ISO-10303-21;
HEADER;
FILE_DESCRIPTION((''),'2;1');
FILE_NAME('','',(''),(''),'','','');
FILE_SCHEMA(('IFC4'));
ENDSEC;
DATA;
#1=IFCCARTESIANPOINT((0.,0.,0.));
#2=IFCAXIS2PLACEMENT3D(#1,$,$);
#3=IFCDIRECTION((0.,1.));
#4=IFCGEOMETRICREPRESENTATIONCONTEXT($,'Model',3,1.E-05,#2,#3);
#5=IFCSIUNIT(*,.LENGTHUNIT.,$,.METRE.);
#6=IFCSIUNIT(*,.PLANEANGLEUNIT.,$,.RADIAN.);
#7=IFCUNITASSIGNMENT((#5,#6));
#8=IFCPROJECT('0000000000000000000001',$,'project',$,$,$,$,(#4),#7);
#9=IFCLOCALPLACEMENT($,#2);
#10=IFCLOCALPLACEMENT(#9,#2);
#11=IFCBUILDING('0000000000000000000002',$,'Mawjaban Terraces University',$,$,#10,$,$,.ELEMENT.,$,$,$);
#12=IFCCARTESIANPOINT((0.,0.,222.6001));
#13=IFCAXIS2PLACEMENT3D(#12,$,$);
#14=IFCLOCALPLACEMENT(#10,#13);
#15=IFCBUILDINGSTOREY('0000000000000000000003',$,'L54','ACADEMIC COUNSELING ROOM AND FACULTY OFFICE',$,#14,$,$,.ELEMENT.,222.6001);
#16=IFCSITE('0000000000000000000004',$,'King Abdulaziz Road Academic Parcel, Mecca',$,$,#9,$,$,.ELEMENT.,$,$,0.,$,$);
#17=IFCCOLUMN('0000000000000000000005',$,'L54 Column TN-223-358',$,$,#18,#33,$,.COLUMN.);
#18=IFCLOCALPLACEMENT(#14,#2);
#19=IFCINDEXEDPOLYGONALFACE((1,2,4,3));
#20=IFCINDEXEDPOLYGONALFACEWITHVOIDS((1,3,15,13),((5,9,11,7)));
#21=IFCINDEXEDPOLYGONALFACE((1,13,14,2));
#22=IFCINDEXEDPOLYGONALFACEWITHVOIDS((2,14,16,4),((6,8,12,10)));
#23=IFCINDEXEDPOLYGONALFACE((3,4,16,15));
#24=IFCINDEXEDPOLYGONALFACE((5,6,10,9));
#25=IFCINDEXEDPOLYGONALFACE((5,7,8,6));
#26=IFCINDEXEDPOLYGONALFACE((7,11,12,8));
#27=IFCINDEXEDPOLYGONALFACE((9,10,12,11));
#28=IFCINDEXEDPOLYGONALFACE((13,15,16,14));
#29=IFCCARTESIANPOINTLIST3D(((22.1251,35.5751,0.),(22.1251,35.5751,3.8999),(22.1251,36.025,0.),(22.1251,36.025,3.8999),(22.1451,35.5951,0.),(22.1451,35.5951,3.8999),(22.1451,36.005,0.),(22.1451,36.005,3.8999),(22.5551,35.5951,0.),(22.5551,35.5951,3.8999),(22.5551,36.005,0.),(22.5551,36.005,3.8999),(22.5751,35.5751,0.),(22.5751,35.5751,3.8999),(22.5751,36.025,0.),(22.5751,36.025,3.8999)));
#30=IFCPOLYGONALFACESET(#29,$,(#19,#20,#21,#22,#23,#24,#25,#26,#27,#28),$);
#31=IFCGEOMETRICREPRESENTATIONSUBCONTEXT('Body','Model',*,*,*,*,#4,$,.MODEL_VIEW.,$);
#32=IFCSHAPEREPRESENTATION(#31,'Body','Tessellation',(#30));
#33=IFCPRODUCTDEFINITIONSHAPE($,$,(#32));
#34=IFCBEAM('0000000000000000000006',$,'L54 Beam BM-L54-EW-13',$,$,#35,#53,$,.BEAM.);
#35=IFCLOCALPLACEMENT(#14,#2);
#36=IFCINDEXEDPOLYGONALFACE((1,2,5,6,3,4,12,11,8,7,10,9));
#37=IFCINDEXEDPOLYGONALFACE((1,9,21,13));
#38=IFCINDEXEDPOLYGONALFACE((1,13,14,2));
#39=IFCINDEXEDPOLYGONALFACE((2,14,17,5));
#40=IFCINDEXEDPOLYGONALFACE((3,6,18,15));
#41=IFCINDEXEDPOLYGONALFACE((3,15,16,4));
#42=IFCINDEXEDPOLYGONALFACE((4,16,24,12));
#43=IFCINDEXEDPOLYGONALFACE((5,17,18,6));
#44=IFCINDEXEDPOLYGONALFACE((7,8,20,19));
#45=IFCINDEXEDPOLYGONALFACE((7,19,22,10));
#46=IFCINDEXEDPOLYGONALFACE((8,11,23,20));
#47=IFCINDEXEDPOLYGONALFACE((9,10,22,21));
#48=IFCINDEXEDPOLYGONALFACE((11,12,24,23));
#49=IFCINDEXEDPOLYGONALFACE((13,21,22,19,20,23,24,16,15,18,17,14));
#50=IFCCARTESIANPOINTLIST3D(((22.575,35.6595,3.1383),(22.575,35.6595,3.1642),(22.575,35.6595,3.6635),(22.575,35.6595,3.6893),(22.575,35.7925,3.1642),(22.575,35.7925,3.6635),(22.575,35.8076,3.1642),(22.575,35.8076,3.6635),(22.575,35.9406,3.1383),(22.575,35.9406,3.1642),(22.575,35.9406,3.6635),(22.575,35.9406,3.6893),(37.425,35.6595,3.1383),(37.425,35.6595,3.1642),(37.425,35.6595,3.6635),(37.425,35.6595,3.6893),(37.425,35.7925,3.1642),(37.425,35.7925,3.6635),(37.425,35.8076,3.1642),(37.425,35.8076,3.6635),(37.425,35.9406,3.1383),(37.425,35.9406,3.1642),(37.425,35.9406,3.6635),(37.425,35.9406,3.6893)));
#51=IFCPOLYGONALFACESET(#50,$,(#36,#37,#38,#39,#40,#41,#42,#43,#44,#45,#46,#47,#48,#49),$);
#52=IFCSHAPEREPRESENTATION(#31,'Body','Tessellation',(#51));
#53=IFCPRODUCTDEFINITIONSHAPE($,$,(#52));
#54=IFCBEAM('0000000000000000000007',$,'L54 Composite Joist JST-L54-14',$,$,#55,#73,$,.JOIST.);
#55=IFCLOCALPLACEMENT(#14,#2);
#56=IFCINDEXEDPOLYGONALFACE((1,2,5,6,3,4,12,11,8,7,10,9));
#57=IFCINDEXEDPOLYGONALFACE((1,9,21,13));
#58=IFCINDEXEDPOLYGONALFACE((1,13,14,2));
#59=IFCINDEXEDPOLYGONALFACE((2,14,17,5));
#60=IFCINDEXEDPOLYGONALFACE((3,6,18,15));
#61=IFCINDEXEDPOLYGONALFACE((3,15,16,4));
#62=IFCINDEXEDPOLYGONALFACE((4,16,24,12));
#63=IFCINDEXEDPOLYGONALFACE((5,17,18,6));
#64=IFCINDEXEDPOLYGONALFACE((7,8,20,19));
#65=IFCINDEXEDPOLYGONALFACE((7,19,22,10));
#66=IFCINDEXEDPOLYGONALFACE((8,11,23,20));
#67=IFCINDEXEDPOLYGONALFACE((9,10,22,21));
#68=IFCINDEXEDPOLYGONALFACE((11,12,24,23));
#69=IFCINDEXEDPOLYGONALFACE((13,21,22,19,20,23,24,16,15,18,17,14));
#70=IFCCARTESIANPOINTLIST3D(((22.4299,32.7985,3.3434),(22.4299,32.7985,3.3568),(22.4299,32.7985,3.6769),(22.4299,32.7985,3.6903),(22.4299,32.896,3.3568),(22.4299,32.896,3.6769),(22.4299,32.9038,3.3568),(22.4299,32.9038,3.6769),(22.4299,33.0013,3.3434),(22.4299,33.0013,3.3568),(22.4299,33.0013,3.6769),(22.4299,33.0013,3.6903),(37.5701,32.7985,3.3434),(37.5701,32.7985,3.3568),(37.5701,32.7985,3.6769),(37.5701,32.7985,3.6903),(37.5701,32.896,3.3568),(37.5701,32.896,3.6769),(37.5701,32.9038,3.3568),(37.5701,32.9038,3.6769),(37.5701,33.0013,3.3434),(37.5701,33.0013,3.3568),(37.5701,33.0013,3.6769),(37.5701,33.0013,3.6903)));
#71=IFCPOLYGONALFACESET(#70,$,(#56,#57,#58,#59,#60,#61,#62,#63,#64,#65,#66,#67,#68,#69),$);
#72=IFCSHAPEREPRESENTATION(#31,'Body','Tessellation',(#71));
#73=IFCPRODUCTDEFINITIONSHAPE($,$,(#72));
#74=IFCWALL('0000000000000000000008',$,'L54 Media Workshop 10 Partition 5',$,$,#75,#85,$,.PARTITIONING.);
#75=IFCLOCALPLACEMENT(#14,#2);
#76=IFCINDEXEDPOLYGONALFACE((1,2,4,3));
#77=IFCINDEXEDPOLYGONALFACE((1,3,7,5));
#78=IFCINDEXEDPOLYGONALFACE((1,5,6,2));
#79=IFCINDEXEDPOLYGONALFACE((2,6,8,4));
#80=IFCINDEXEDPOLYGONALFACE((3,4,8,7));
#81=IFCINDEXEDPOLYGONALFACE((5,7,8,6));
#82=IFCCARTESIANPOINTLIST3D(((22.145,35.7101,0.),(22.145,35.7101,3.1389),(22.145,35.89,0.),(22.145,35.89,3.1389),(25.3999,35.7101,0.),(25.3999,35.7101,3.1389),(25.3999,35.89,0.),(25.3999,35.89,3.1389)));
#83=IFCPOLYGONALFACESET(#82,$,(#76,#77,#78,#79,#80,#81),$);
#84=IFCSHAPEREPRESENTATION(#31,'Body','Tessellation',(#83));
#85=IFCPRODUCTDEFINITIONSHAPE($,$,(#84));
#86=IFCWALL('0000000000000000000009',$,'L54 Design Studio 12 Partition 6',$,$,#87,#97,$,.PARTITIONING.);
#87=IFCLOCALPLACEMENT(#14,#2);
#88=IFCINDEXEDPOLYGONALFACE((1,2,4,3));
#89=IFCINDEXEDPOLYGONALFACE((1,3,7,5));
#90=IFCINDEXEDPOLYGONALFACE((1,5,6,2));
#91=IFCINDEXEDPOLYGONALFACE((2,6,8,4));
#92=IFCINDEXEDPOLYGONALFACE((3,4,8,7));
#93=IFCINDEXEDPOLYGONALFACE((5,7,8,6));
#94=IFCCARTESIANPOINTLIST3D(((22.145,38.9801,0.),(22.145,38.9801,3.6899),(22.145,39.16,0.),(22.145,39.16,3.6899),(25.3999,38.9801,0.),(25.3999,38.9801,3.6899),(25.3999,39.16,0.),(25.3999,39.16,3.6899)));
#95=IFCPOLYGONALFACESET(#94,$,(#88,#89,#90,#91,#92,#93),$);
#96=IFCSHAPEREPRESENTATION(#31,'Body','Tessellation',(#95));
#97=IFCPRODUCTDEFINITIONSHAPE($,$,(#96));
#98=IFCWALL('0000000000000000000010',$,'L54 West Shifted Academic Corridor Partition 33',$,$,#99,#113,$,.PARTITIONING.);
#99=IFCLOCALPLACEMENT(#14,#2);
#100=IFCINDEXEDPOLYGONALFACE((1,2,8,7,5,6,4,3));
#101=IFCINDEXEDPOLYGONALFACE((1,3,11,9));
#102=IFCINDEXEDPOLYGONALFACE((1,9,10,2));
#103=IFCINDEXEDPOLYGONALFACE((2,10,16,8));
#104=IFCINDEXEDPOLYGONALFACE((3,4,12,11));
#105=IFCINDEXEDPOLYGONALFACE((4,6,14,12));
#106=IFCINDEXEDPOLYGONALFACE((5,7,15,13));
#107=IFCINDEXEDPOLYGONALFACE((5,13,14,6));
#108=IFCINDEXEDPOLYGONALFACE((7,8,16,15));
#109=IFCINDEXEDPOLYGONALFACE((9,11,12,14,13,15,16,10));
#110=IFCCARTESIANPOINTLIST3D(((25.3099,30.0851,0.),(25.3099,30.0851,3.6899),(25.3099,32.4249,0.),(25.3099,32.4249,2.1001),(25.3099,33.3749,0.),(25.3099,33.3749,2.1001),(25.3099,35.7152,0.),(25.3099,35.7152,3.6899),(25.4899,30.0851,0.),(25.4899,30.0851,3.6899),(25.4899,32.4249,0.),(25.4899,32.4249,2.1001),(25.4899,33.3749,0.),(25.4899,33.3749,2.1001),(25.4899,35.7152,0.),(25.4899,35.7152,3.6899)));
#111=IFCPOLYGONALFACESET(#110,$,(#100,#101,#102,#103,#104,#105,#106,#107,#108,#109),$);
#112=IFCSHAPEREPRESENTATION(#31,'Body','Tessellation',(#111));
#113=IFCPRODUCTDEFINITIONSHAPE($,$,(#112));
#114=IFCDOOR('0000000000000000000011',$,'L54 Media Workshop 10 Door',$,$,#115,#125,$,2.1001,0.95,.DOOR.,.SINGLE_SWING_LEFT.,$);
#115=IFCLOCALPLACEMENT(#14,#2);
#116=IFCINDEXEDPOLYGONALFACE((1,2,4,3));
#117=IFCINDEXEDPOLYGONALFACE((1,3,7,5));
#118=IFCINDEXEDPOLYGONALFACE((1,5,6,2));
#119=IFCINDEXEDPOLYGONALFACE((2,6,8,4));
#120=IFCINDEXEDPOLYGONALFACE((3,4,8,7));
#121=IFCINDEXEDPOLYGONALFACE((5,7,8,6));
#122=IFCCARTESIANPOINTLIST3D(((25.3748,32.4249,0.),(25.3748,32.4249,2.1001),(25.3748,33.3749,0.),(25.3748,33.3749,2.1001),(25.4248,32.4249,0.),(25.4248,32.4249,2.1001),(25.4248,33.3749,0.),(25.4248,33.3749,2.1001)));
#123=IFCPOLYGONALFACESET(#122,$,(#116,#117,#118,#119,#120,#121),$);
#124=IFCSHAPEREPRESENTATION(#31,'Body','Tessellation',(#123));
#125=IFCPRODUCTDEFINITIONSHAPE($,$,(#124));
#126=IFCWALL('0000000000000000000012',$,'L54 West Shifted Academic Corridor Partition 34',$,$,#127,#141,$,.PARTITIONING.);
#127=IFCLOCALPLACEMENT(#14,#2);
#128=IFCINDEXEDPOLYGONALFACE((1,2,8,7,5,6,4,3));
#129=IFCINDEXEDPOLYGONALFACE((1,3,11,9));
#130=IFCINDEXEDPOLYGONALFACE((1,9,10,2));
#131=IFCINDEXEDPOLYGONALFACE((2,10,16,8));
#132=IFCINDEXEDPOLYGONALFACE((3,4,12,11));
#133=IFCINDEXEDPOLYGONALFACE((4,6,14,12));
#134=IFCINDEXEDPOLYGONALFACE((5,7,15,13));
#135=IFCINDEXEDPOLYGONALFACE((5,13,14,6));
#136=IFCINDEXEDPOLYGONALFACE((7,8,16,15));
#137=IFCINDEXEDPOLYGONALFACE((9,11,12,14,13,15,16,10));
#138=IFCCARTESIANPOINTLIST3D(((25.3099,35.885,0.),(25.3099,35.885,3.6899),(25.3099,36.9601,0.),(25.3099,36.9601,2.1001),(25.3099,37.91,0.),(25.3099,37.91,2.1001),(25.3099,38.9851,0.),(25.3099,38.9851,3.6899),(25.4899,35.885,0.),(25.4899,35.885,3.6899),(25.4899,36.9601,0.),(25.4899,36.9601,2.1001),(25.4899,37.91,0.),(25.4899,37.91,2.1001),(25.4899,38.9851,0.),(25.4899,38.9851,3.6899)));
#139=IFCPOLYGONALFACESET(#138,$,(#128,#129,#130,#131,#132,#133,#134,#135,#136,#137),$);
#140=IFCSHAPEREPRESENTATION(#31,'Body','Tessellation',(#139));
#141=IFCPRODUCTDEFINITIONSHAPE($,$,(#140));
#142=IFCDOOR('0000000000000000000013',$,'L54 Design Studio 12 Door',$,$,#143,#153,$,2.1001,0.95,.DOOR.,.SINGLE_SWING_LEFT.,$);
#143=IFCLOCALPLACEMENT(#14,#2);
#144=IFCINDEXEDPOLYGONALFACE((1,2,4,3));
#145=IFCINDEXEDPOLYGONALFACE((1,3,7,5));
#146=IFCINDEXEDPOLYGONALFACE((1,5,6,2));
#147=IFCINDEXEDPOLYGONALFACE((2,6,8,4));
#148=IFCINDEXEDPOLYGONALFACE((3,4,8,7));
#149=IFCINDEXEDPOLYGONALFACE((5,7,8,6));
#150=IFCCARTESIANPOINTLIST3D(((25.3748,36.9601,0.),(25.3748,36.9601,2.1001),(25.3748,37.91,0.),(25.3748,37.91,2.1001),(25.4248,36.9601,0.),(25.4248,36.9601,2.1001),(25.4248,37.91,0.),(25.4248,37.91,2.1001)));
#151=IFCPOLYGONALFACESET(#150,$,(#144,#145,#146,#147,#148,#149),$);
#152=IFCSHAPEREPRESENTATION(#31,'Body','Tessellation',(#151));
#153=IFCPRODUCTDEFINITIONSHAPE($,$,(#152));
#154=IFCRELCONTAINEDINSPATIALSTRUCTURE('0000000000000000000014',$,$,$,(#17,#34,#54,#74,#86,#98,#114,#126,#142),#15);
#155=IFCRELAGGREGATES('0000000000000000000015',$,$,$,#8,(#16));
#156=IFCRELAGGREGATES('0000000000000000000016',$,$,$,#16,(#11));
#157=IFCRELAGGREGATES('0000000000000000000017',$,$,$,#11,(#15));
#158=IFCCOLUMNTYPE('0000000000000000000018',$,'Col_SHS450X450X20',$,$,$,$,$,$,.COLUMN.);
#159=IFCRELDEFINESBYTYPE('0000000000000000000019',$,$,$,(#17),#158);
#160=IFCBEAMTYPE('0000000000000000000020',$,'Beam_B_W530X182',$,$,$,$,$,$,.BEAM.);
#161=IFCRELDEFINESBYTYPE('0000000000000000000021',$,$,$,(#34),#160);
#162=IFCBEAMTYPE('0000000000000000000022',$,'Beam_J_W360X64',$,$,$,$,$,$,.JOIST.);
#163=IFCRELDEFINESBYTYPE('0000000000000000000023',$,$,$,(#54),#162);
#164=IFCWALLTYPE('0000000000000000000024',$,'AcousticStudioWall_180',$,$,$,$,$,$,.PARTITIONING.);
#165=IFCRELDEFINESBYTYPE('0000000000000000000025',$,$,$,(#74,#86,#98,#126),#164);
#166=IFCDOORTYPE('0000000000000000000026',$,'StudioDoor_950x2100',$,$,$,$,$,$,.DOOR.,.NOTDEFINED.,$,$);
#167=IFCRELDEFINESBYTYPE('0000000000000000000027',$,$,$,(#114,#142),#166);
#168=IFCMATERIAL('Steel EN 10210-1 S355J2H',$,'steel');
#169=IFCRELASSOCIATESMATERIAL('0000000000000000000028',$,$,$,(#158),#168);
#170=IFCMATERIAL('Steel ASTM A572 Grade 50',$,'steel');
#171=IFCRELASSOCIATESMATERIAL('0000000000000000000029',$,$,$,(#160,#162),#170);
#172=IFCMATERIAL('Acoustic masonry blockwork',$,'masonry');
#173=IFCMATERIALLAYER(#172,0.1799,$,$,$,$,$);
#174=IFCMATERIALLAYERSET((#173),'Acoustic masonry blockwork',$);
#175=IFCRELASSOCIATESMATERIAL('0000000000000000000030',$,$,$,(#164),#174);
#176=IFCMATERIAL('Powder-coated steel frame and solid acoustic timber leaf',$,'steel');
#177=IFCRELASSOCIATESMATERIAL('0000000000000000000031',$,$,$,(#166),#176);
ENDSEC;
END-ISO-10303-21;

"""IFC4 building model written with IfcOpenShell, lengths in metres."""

from ifc_helpers import new_model, si_unit, direction, frame, frame_2d, origin, origin_2d, place, context, subcontext, project, spatial, rectangle, hollow_rectangle, i_section, extrude, material, layer, layer_set, material_profile, profile_set, type_object, element, fill, save


model = new_model("IFC4")

# Units and contexts
model_context = context("Model", 3, precision=1e-05, world=origin(), true_north=direction((0.0, 1.0)))
body_context = subcontext(model_context, "Body", "Model", "MODEL_VIEW")
ifc_project = project(units=[si_unit("LENGTHUNIT", "METRE"), si_unit("PLANEANGLEUNIT", "RADIAN")], contexts=[model_context])

# Site, building, storey
site_placement = place(None, origin())
site = spatial("IfcSite", under=ifc_project, at=site_placement, Name="King Abdulaziz Road Academic Parcel, Mecca", CompositionType="ELEMENT", RefElevation=0.0)
building_placement = place(site_placement, origin())
building = spatial("IfcBuilding", under=site, at=building_placement, Name="Mawjaban Terraces University", CompositionType="ELEMENT")
storey_placement = place(building_placement, frame((0.0, 0.0, 222.6001)))
storey = spatial("IfcBuildingStorey", under=building, at=storey_placement, Name="L54", Description="ACADEMIC COUNSELING ROOM AND FACULTY OFFICE", CompositionType="ELEMENT", Elevation=222.6001)

# Column
ifc_material_1 = material(Name="Steel EN 10210-1 S355J2H", Category="steel")
ifc_material_profile_1 = material_profile(ifc_material_1, hollow_rectangle(XDim=0.45, YDim=0.45, WallThickness=0.02, at=origin_2d()), Name="SHS450X450X20")
ifc_profile_set_1 = profile_set([ifc_material_profile_1], Name="Steel EN 10210-1 S355J2H")
column_type = type_object("IfcColumnType", Name="Col_SHS450X450X20", PredefinedType="COLUMN", material=ifc_profile_set_1)
column_placement = place(storey_placement, frame((22.3501, 35.8, 0.0), z_axis=(0.0, 0.0, 1.0), x_axis=(1.0, 0.0, 0.0)))
element("IfcColumn", 1, at=column_placement, inside=storey, type_object=column_type, Name="L54 Column TN-223-358", PredefinedType="COLUMN", context=body_context, shape_type="SweptSolid", body=[
    extrude(hollow_rectangle(XDim=0.45, YDim=0.45, WallThickness=0.02, at=origin_2d()), origin(), (0.0, 0.0, 1.0), 3.8999),
])

# Beams
ifc_material_2 = material(Name="Steel ASTM A572 Grade 50", Category="steel")
ifc_material_profile_2 = material_profile(ifc_material_2, i_section(OverallWidth=0.281, OverallDepth=0.551, WebThickness=0.0151, FlangeThickness=0.0259, at=origin_2d()), Name="W530X182")
ifc_profile_set_2 = profile_set([ifc_material_profile_2], Name="Steel ASTM A572 Grade 50")
beam_type_1 = type_object("IfcBeamType", Name="Beam_B_W530X182", PredefinedType="BEAM", material=ifc_profile_set_2)
beam_1_placement = place(storey_placement, frame((22.575, 35.8, 3.4138), z_axis=(1.0, 0.0, 0.0), x_axis=(0.0, 1.0, 0.0)))
element("IfcBeam", 2, at=beam_1_placement, inside=storey, type_object=beam_type_1, Name="L54 Beam BM-L54-EW-13", PredefinedType="BEAM", context=body_context, shape_type="SweptSolid", body=[
    extrude(i_section(OverallWidth=0.281, OverallDepth=0.551, WebThickness=0.0151, FlangeThickness=0.0259, at=origin_2d()), origin(), (0.0, 0.0, 1.0), 14.8501),
])
ifc_material_profile_3 = material_profile(ifc_material_2, i_section(OverallWidth=0.2029, OverallDepth=0.3469, WebThickness=0.0078, FlangeThickness=0.0134, at=origin_2d()), Name="W360X64")
ifc_profile_set_3 = profile_set([ifc_material_profile_3], Name="Steel ASTM A572 Grade 50")
beam_type_2 = type_object("IfcBeamType", Name="Beam_J_W360X64", PredefinedType="JOIST", material=ifc_profile_set_3)
beam_2_placement = place(storey_placement, frame((22.4299, 32.8999, 3.5168), z_axis=(1.0, 0.0, 0.0), x_axis=(0.0, 1.0, 0.0)))
element("IfcBeam", 3, at=beam_2_placement, inside=storey, type_object=beam_type_2, Name="L54 Composite Joist JST-L54-14", PredefinedType="JOIST", context=body_context, shape_type="SweptSolid", body=[
    extrude(i_section(OverallWidth=0.2029, OverallDepth=0.3469, WebThickness=0.0078, FlangeThickness=0.0134, at=origin_2d()), origin(), (0.0, 0.0, 1.0), 15.1401),
])

# Walls
ifc_material_3 = material(Name="Acoustic masonry blockwork", Category="masonry")
ifc_layer_1 = layer(ifc_material_3, 0.1799)
ifc_layer_set_1 = layer_set([ifc_layer_1], Name="Acoustic masonry blockwork")
wall_type_1 = type_object("IfcWallType", Name="AcousticStudioWall_180", PredefinedType="PARTITIONING", material=ifc_layer_set_1)
wall_1_placement = place(storey_placement, frame((25.3999, 35.8, 0.0), z_axis=(0.0, 0.0, 1.0), x_axis=(-1.0, 0.0, 0.0)))
element("IfcWall", 4, at=wall_1_placement, inside=storey, type_object=wall_type_1, Name="L54 Media Workshop 10 Partition 5", PredefinedType="PARTITIONING", context=body_context, shape_type="SweptSolid", body=[
    extrude(rectangle(XDim=3.2549, YDim=0.1799, at=frame_2d((1.6274, 0.0))), origin(), (0.0, 0.0, 1.0), 3.1389),
])
wall_2_placement = place(storey_placement, frame((25.3999, 39.0701, 0.0), z_axis=(0.0, 0.0, 1.0), x_axis=(-1.0, 0.0, 0.0)))
element("IfcWall", 5, at=wall_2_placement, inside=storey, type_object=wall_type_1, Name="L54 Design Studio 12 Partition 6", PredefinedType="PARTITIONING", context=body_context, shape_type="SweptSolid", body=[
    extrude(rectangle(XDim=3.2549, YDim=0.1799, at=frame_2d((1.6274, 0.0))), origin(), (0.0, 0.0, 1.0), 3.6899),
])

# Walls, openings, doors
wall_3_placement = place(storey_placement, frame((25.3999, 35.7151, 0.0), z_axis=(0.0, 0.0, 1.0), x_axis=(0.0, -1.0, 0.0)))
wall_3 = element("IfcWall", 6, at=wall_3_placement, inside=storey, type_object=wall_type_1, Name="L54 West Shifted Academic Corridor Partition 33", PredefinedType="PARTITIONING", context=body_context, shape_type="SweptSolid", body=[
    extrude(rectangle(XDim=5.6301, YDim=0.1799, at=frame_2d((2.8149, 0.0))), origin(), (0.0, 0.0, 1.0), 3.6899),
])
opening_1_placement = place(wall_3_placement, frame((2.3401, 0.0, 0.0)))
opening_1 = element("IfcOpeningElement", 7, at=opening_1_placement, cuts=wall_3, PredefinedType="OPENING", context=body_context, shape_type="SweptSolid", body=[
    extrude(rectangle(XDim=0.95, YDim=2.1001, at=frame_2d((0.4751, 1.05))), frame((0.0, 0.0999, 0.0), z_axis=(0.0, -1.0, 0.0), x_axis=(1.0, 0.0, 0.0)), (0.0, 0.0, 1.0), 0.2),
])
ifc_material_4 = material(Name="Powder-coated steel frame and solid acoustic timber leaf", Category="steel")
door_type_1 = type_object("IfcDoorType", Name="StudioDoor_950x2100", OperationType="NOTDEFINED", PredefinedType="DOOR", material=ifc_material_4)
door_1_placement = place(opening_1_placement, origin())
door_1 = element("IfcDoor", 8, at=door_1_placement, inside=storey, type_object=door_type_1, Name="L54 Media Workshop 10 Door", OperationType="SINGLE_SWING_LEFT", OverallHeight=2.1001, OverallWidth=0.95, PredefinedType="DOOR", context=body_context, shape_type="SweptSolid", body=[
    extrude(rectangle(XDim=0.95, YDim=2.1001, at=frame_2d((0.4751, 1.05))), frame((0.0, 0.0249, 0.0), z_axis=(0.0, -1.0, 0.0), x_axis=(1.0, 0.0, 0.0)), (0.0, 0.0, 1.0), 0.05),
])
fill(opening_1, door_1)
wall_4_placement = place(storey_placement, frame((25.3999, 38.9851, 0.0), z_axis=(0.0, 0.0, 1.0), x_axis=(0.0, -1.0, 0.0)))
wall_4 = element("IfcWall", 9, at=wall_4_placement, inside=storey, type_object=wall_type_1, Name="L54 West Shifted Academic Corridor Partition 34", PredefinedType="PARTITIONING", context=body_context, shape_type="SweptSolid", body=[
    extrude(rectangle(XDim=3.1001, YDim=0.1799, at=frame_2d((1.55, 0.0))), origin(), (0.0, 0.0, 1.0), 3.6899),
])
opening_2_placement = place(wall_4_placement, frame((1.075, 0.0, 0.0)))
opening_2 = element("IfcOpeningElement", 10, at=opening_2_placement, cuts=wall_4, PredefinedType="OPENING", context=body_context, shape_type="SweptSolid", body=[
    extrude(rectangle(XDim=0.95, YDim=2.1001, at=frame_2d((0.4751, 1.05))), frame((0.0, 0.0999, 0.0), z_axis=(0.0, -1.0, 0.0), x_axis=(1.0, 0.0, 0.0)), (0.0, 0.0, 1.0), 0.2),
])
door_2_placement = place(opening_2_placement, origin())
door_2 = element("IfcDoor", 11, at=door_2_placement, inside=storey, type_object=door_type_1, Name="L54 Design Studio 12 Door", OperationType="SINGLE_SWING_LEFT", OverallHeight=2.1001, OverallWidth=0.95, PredefinedType="DOOR", context=body_context, shape_type="SweptSolid", body=[
    extrude(rectangle(XDim=0.95, YDim=2.1001, at=frame_2d((0.4751, 1.05))), frame((0.0, 0.0249, 0.0), z_axis=(0.0, -1.0, 0.0), x_axis=(1.0, 0.0, 0.0)), (0.0, 0.0, 1.0), 0.05),
])
fill(opening_2, door_2)

save(model, "model.ifc")
